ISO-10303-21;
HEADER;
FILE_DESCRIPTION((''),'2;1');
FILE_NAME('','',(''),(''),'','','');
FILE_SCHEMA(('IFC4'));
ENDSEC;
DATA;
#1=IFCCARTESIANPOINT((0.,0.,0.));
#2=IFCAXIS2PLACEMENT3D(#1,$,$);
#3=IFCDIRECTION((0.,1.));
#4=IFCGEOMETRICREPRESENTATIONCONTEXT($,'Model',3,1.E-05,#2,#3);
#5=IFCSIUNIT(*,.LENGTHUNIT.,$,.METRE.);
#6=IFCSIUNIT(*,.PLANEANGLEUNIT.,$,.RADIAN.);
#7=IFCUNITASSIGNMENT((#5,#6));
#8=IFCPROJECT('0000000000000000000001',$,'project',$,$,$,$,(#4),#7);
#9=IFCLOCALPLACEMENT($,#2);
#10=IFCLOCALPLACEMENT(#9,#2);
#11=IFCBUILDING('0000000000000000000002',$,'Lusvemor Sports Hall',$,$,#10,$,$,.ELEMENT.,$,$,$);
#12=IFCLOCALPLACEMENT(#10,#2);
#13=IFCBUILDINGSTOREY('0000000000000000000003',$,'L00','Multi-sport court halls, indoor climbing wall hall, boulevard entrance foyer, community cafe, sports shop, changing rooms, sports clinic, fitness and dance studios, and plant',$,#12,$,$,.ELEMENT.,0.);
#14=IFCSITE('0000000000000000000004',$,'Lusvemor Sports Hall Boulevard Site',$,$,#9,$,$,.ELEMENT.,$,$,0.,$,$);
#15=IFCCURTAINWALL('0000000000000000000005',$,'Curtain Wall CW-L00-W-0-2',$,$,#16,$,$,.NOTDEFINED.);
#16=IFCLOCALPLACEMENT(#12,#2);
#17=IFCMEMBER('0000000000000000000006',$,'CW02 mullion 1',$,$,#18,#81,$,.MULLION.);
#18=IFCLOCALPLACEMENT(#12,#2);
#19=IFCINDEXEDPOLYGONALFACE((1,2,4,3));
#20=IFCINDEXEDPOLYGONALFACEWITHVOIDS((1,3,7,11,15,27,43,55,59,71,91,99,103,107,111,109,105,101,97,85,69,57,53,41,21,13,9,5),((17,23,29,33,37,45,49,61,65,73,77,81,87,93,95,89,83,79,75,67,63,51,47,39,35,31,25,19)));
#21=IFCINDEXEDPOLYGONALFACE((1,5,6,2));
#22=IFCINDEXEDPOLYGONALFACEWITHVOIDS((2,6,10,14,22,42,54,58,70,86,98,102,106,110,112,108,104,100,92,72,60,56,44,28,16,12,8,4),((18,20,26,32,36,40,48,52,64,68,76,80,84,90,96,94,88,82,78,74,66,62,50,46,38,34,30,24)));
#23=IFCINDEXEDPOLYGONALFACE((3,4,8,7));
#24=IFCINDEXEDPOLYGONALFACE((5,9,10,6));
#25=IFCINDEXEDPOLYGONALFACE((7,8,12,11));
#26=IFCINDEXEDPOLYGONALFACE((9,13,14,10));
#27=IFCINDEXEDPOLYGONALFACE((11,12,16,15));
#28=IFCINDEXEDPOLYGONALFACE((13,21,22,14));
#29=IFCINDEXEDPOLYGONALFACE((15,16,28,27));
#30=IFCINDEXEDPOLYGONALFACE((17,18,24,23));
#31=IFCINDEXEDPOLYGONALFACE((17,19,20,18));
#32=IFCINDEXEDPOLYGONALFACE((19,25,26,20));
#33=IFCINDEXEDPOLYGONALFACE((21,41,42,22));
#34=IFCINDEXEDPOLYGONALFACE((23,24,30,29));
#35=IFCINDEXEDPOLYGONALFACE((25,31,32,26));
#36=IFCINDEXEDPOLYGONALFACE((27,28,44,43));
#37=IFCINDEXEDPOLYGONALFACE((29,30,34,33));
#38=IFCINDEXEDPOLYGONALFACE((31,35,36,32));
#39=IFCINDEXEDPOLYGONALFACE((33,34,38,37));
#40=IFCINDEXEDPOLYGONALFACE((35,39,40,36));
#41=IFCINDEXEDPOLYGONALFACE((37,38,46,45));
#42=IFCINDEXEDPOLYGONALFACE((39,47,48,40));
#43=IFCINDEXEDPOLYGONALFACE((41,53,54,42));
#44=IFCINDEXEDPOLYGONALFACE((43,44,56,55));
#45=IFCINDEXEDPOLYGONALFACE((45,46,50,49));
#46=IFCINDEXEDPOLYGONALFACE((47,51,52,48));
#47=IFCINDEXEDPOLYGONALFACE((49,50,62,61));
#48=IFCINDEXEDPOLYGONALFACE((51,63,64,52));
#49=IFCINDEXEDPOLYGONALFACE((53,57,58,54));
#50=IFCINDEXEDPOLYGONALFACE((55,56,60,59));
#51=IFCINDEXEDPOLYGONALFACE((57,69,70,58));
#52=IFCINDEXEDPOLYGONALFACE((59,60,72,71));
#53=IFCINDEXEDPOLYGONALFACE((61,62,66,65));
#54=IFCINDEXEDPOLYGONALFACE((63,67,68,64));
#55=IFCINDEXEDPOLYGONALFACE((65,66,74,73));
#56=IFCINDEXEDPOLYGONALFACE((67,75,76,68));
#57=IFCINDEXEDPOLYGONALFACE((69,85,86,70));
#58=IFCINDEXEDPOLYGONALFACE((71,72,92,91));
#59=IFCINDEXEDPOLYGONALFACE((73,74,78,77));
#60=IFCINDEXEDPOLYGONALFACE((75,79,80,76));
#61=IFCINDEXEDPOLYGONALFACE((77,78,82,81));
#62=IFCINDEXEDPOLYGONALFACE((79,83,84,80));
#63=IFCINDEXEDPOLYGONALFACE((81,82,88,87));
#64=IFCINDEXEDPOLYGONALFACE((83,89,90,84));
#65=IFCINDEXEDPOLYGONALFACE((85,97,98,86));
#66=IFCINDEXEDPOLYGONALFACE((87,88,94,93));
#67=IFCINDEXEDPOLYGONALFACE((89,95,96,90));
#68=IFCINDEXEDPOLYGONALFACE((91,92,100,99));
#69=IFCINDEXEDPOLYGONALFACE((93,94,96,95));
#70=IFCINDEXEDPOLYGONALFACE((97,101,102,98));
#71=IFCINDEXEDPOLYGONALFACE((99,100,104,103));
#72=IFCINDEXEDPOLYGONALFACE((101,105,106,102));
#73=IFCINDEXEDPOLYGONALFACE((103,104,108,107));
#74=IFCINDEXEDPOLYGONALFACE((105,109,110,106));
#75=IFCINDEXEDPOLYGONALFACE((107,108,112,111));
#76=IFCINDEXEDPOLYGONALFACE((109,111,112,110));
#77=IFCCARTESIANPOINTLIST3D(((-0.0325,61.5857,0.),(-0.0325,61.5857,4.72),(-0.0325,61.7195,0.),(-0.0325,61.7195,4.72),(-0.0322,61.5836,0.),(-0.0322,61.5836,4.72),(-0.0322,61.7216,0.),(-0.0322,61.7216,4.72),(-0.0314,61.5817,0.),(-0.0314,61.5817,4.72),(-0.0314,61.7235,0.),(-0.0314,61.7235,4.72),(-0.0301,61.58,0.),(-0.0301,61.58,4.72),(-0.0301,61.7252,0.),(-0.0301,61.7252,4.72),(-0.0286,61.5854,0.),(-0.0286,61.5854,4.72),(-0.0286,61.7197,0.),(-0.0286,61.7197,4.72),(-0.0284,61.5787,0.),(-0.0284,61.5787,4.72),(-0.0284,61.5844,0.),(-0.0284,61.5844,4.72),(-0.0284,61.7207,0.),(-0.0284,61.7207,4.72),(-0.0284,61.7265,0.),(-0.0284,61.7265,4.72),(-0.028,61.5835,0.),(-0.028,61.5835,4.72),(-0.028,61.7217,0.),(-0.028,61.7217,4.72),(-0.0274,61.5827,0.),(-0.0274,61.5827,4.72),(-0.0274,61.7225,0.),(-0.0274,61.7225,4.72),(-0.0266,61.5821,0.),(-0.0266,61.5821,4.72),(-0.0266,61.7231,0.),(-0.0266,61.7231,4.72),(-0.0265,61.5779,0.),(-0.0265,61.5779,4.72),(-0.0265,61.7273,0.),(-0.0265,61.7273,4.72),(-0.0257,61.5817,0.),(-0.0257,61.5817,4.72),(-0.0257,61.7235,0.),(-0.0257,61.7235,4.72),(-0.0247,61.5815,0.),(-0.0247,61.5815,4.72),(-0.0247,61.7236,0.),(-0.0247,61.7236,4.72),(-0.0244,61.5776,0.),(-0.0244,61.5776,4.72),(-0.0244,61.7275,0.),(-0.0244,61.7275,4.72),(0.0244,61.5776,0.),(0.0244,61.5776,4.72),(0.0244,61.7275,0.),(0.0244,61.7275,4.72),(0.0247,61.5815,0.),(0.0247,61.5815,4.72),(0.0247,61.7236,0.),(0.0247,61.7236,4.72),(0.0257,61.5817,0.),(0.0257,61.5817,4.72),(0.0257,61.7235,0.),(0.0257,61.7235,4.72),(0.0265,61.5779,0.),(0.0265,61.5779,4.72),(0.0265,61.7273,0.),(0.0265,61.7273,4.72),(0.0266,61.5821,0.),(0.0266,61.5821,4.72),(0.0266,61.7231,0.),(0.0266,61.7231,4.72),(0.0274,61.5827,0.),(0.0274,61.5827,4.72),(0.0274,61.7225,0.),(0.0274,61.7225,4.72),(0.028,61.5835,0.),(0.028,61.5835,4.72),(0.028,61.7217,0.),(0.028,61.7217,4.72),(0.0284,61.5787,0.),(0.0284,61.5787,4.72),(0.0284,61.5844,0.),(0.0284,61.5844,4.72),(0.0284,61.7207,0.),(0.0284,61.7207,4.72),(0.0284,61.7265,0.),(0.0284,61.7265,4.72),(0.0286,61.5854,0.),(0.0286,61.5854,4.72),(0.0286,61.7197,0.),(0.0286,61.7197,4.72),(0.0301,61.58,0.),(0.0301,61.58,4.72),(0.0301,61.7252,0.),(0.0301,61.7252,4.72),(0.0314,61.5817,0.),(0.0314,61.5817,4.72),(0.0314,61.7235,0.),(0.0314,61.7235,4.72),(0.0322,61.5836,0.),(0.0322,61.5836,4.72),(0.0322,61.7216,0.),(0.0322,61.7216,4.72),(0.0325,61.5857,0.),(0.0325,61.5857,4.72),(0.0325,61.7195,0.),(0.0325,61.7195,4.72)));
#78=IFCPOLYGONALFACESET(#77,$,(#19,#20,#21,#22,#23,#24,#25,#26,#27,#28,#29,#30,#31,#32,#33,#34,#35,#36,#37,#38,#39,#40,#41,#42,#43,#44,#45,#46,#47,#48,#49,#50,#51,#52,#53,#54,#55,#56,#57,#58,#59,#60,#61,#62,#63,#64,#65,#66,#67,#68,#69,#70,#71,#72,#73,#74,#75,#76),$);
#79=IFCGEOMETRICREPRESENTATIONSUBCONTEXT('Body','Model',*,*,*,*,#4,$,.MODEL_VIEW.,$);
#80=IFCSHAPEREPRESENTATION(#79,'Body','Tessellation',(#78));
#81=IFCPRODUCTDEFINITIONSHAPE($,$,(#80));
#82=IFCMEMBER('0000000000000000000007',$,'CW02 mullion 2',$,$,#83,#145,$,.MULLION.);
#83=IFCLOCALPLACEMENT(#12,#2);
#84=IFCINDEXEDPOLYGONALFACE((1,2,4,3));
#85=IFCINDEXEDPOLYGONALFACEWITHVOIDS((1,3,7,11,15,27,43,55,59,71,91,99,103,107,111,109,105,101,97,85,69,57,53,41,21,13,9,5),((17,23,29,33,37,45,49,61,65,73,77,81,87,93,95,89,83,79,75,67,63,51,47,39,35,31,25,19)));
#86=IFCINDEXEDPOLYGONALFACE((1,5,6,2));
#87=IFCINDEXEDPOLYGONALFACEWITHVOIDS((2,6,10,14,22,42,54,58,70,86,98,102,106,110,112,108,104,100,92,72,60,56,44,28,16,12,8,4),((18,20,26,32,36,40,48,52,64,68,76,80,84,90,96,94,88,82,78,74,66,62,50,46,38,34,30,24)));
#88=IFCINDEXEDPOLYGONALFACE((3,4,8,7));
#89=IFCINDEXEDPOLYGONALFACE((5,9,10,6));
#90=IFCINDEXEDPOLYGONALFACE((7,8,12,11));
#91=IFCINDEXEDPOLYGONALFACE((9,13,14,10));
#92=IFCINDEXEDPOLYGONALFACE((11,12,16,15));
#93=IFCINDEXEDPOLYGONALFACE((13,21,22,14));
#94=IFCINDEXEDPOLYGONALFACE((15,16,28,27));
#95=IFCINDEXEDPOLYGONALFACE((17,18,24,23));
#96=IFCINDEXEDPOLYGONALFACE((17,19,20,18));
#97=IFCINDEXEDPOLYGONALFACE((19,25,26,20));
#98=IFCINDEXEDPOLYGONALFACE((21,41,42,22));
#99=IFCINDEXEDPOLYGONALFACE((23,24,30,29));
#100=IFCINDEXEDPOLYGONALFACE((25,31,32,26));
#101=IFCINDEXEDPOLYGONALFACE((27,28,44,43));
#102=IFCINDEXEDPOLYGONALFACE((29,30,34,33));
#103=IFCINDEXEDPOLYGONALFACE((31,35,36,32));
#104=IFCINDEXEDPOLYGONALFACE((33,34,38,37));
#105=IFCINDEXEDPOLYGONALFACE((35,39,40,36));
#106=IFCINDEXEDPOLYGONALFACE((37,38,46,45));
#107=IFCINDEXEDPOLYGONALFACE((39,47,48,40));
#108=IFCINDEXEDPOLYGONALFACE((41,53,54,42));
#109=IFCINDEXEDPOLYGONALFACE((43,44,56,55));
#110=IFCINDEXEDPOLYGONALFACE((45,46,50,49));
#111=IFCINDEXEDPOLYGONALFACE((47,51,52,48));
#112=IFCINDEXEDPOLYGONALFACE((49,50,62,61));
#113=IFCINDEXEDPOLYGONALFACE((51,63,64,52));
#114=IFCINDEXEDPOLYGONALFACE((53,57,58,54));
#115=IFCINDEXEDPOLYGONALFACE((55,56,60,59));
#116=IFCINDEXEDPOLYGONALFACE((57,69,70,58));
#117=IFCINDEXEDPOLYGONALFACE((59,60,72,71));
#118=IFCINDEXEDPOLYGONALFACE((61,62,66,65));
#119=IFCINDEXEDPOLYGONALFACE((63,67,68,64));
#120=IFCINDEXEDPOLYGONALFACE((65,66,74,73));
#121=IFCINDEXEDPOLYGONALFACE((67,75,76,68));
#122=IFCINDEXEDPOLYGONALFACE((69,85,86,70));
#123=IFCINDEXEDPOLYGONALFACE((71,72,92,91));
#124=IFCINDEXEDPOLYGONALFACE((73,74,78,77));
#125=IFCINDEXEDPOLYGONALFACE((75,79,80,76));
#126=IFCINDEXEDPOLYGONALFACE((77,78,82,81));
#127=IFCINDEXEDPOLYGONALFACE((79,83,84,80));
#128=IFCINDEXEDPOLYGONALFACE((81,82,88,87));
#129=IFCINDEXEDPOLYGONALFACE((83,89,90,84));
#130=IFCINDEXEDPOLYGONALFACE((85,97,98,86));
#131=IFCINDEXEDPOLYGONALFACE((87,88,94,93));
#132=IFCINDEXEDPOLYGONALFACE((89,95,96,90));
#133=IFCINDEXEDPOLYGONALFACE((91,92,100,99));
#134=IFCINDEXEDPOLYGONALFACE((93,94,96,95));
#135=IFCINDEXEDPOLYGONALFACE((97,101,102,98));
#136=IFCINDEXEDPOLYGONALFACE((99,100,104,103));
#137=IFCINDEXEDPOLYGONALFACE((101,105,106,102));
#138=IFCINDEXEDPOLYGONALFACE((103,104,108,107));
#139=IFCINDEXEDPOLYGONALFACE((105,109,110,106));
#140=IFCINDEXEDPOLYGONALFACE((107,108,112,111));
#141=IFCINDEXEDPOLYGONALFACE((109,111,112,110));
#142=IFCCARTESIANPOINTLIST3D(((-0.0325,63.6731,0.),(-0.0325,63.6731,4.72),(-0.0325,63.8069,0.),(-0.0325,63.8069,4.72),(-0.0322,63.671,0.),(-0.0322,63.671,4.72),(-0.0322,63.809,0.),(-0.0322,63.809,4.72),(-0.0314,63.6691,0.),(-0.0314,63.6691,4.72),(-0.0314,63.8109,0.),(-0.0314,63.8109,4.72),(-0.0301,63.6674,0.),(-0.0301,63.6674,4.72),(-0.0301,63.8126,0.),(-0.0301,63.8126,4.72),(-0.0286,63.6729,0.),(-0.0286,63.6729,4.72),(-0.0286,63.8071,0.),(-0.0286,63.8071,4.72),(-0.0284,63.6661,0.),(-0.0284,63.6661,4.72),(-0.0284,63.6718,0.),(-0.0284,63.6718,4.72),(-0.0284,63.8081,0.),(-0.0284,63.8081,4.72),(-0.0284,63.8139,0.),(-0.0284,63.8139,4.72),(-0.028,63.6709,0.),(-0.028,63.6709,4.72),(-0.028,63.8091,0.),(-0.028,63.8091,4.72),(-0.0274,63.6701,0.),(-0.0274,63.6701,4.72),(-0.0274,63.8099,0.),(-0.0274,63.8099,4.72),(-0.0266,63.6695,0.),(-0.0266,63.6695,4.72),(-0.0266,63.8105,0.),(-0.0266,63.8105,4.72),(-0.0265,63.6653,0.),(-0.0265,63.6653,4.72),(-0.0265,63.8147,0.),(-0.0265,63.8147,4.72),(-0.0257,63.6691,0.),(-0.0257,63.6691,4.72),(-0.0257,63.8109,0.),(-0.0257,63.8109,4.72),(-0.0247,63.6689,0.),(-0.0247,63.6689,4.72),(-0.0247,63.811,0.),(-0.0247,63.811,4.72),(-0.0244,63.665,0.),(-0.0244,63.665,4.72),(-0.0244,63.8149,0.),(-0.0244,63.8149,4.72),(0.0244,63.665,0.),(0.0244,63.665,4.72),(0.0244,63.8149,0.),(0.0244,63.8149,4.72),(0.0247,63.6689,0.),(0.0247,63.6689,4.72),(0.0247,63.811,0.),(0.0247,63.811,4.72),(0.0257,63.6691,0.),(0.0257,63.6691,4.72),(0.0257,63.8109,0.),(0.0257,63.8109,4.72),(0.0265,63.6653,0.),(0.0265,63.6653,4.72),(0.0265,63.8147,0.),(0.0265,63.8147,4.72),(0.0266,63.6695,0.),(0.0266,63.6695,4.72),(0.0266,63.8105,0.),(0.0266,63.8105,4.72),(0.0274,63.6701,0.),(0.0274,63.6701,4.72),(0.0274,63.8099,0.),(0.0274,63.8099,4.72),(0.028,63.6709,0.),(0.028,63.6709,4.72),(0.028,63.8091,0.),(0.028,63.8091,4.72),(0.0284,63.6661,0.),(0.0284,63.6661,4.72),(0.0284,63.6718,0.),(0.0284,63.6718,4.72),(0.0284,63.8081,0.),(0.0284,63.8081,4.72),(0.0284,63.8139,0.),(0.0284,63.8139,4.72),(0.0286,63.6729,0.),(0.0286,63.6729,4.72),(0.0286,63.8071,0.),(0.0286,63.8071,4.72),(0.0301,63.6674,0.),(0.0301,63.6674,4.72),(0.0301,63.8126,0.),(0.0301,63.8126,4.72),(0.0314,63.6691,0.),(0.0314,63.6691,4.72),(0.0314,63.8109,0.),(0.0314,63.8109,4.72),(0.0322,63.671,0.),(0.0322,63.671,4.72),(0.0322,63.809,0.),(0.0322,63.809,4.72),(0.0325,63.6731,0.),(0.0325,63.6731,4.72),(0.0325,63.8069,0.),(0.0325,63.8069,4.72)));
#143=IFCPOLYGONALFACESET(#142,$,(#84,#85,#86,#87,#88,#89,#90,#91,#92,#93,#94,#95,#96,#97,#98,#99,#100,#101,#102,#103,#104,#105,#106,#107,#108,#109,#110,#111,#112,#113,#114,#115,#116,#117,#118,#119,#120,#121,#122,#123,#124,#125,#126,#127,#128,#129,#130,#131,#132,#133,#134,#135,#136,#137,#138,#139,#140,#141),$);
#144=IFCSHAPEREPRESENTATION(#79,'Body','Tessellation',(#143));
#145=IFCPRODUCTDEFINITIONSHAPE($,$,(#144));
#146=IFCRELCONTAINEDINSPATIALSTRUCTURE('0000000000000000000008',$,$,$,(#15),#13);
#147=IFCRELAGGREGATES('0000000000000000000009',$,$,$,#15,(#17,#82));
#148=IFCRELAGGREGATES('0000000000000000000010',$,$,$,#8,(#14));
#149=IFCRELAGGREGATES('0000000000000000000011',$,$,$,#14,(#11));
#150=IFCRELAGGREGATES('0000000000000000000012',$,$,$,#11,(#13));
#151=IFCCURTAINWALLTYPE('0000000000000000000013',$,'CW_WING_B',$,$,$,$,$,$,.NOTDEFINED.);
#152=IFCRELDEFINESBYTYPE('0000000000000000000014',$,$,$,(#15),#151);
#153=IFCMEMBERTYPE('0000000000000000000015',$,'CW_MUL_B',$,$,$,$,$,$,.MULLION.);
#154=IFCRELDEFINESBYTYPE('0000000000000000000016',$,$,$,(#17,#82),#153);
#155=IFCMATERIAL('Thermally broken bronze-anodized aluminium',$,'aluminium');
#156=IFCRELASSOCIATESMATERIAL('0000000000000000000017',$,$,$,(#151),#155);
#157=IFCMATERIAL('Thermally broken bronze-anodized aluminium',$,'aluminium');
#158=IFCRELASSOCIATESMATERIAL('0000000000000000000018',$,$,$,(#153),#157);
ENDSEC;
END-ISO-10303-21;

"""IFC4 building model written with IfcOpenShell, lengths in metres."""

from ifc_helpers import new_model, si_unit, direction, frame, origin, origin_2d, place, context, subcontext, project, spatial, hollow_rectangle, extrude, material, material_profile, profile_set, type_object, element, aggregate, save


model = new_model("IFC4")

# Units and contexts
model_context = context("Model", 3, precision=1e-05, world=origin(), true_north=direction((0.0, 1.0)))
body_context = subcontext(model_context, "Body", "Model", "MODEL_VIEW")
ifc_project = project(units=[si_unit("LENGTHUNIT", "METRE"), si_unit("PLANEANGLEUNIT", "RADIAN")], contexts=[model_context])

# Site, building, storey
site_placement = place(None, origin())
site = spatial("IfcSite", under=ifc_project, at=site_placement, Name="Lusvemor Sports Hall Boulevard Site", CompositionType="ELEMENT", RefElevation=0.0)
building_placement = place(site_placement, origin())
building = spatial("IfcBuilding", under=site, at=building_placement, Name="Lusvemor Sports Hall", CompositionType="ELEMENT")
storey_placement = place(building_placement, origin())
storey = spatial("IfcBuildingStorey", under=building, at=storey_placement, Name="L00", Description="Multi-sport court halls, indoor climbing wall hall, boulevard entrance foyer, community cafe, sports shop, changing rooms, sports clinic, fitness and dance studios, and plant", CompositionType="ELEMENT", Elevation=0.0)

# Shared definitions
ifc_material_1 = material(Name="Thermally broken bronze-anodized aluminium", Category="aluminium")
curtain_wall_type = type_object("IfcCurtainWallType", Name="CW_WING_B", PredefinedType="NOTDEFINED", material=ifc_material_1)
ifc_material_2 = material(Name="Thermally broken bronze-anodized aluminium", Category="aluminium")
ifc_material_profile_1 = material_profile(ifc_material_2, hollow_rectangle(XDim=0.0649, YDim=0.1499, WallThickness=0.0039, InnerFilletRadius=0.0039, OuterFilletRadius=0.0081, at=origin_2d()), Name="CWMUL150x65x4")
ifc_profile_set_1 = profile_set([ifc_material_profile_1], Name="Thermally broken bronze-anodized aluminium")
member_type_1 = type_object("IfcMemberType", Name="CW_MUL_B", PredefinedType="MULLION", material=ifc_profile_set_1)

# Curtain wall, members
curtain_wall_1_placement = place(storey_placement, origin())
curtain_wall_1 = element("IfcCurtainWall", 1, at=curtain_wall_1_placement, inside=storey, type_object=curtain_wall_type, Name="Curtain Wall CW-L00-W-0-2", PredefinedType="NOTDEFINED")
member_1_placement = place(storey_placement, frame((0.0, 61.6526, 0.0), z_axis=(0.0, 0.0, 1.0), x_axis=(-1.0, 0.0, 0.0)))
member_1 = element("IfcMember", 2, at=member_1_placement, type_object=member_type_1, Name="CW02 mullion 1", PredefinedType="MULLION", context=body_context, shape_type="SweptSolid", body=[
    extrude(hollow_rectangle(XDim=0.0649, YDim=0.1499, WallThickness=0.0039, InnerFilletRadius=0.0039, OuterFilletRadius=0.0081, at=origin_2d()), origin(), (0.0, 0.0, 1.0), 4.72),
])
member_2_placement = place(storey_placement, frame((0.0, 63.74, 0.0), z_axis=(0.0, 0.0, 1.0), x_axis=(-1.0, 0.0, 0.0)))
member_2 = element("IfcMember", 3, at=member_2_placement, type_object=member_type_1, Name="CW02 mullion 2", PredefinedType="MULLION", context=body_context, shape_type="SweptSolid", body=[
    extrude(hollow_rectangle(XDim=0.0649, YDim=0.1499, WallThickness=0.0039, InnerFilletRadius=0.0039, OuterFilletRadius=0.0081, at=origin_2d()), origin(), (0.0, 0.0, 1.0), 4.72),
])
aggregate(curtain_wall_1, [member_1, member_2])

save(model, "model.ifc")
